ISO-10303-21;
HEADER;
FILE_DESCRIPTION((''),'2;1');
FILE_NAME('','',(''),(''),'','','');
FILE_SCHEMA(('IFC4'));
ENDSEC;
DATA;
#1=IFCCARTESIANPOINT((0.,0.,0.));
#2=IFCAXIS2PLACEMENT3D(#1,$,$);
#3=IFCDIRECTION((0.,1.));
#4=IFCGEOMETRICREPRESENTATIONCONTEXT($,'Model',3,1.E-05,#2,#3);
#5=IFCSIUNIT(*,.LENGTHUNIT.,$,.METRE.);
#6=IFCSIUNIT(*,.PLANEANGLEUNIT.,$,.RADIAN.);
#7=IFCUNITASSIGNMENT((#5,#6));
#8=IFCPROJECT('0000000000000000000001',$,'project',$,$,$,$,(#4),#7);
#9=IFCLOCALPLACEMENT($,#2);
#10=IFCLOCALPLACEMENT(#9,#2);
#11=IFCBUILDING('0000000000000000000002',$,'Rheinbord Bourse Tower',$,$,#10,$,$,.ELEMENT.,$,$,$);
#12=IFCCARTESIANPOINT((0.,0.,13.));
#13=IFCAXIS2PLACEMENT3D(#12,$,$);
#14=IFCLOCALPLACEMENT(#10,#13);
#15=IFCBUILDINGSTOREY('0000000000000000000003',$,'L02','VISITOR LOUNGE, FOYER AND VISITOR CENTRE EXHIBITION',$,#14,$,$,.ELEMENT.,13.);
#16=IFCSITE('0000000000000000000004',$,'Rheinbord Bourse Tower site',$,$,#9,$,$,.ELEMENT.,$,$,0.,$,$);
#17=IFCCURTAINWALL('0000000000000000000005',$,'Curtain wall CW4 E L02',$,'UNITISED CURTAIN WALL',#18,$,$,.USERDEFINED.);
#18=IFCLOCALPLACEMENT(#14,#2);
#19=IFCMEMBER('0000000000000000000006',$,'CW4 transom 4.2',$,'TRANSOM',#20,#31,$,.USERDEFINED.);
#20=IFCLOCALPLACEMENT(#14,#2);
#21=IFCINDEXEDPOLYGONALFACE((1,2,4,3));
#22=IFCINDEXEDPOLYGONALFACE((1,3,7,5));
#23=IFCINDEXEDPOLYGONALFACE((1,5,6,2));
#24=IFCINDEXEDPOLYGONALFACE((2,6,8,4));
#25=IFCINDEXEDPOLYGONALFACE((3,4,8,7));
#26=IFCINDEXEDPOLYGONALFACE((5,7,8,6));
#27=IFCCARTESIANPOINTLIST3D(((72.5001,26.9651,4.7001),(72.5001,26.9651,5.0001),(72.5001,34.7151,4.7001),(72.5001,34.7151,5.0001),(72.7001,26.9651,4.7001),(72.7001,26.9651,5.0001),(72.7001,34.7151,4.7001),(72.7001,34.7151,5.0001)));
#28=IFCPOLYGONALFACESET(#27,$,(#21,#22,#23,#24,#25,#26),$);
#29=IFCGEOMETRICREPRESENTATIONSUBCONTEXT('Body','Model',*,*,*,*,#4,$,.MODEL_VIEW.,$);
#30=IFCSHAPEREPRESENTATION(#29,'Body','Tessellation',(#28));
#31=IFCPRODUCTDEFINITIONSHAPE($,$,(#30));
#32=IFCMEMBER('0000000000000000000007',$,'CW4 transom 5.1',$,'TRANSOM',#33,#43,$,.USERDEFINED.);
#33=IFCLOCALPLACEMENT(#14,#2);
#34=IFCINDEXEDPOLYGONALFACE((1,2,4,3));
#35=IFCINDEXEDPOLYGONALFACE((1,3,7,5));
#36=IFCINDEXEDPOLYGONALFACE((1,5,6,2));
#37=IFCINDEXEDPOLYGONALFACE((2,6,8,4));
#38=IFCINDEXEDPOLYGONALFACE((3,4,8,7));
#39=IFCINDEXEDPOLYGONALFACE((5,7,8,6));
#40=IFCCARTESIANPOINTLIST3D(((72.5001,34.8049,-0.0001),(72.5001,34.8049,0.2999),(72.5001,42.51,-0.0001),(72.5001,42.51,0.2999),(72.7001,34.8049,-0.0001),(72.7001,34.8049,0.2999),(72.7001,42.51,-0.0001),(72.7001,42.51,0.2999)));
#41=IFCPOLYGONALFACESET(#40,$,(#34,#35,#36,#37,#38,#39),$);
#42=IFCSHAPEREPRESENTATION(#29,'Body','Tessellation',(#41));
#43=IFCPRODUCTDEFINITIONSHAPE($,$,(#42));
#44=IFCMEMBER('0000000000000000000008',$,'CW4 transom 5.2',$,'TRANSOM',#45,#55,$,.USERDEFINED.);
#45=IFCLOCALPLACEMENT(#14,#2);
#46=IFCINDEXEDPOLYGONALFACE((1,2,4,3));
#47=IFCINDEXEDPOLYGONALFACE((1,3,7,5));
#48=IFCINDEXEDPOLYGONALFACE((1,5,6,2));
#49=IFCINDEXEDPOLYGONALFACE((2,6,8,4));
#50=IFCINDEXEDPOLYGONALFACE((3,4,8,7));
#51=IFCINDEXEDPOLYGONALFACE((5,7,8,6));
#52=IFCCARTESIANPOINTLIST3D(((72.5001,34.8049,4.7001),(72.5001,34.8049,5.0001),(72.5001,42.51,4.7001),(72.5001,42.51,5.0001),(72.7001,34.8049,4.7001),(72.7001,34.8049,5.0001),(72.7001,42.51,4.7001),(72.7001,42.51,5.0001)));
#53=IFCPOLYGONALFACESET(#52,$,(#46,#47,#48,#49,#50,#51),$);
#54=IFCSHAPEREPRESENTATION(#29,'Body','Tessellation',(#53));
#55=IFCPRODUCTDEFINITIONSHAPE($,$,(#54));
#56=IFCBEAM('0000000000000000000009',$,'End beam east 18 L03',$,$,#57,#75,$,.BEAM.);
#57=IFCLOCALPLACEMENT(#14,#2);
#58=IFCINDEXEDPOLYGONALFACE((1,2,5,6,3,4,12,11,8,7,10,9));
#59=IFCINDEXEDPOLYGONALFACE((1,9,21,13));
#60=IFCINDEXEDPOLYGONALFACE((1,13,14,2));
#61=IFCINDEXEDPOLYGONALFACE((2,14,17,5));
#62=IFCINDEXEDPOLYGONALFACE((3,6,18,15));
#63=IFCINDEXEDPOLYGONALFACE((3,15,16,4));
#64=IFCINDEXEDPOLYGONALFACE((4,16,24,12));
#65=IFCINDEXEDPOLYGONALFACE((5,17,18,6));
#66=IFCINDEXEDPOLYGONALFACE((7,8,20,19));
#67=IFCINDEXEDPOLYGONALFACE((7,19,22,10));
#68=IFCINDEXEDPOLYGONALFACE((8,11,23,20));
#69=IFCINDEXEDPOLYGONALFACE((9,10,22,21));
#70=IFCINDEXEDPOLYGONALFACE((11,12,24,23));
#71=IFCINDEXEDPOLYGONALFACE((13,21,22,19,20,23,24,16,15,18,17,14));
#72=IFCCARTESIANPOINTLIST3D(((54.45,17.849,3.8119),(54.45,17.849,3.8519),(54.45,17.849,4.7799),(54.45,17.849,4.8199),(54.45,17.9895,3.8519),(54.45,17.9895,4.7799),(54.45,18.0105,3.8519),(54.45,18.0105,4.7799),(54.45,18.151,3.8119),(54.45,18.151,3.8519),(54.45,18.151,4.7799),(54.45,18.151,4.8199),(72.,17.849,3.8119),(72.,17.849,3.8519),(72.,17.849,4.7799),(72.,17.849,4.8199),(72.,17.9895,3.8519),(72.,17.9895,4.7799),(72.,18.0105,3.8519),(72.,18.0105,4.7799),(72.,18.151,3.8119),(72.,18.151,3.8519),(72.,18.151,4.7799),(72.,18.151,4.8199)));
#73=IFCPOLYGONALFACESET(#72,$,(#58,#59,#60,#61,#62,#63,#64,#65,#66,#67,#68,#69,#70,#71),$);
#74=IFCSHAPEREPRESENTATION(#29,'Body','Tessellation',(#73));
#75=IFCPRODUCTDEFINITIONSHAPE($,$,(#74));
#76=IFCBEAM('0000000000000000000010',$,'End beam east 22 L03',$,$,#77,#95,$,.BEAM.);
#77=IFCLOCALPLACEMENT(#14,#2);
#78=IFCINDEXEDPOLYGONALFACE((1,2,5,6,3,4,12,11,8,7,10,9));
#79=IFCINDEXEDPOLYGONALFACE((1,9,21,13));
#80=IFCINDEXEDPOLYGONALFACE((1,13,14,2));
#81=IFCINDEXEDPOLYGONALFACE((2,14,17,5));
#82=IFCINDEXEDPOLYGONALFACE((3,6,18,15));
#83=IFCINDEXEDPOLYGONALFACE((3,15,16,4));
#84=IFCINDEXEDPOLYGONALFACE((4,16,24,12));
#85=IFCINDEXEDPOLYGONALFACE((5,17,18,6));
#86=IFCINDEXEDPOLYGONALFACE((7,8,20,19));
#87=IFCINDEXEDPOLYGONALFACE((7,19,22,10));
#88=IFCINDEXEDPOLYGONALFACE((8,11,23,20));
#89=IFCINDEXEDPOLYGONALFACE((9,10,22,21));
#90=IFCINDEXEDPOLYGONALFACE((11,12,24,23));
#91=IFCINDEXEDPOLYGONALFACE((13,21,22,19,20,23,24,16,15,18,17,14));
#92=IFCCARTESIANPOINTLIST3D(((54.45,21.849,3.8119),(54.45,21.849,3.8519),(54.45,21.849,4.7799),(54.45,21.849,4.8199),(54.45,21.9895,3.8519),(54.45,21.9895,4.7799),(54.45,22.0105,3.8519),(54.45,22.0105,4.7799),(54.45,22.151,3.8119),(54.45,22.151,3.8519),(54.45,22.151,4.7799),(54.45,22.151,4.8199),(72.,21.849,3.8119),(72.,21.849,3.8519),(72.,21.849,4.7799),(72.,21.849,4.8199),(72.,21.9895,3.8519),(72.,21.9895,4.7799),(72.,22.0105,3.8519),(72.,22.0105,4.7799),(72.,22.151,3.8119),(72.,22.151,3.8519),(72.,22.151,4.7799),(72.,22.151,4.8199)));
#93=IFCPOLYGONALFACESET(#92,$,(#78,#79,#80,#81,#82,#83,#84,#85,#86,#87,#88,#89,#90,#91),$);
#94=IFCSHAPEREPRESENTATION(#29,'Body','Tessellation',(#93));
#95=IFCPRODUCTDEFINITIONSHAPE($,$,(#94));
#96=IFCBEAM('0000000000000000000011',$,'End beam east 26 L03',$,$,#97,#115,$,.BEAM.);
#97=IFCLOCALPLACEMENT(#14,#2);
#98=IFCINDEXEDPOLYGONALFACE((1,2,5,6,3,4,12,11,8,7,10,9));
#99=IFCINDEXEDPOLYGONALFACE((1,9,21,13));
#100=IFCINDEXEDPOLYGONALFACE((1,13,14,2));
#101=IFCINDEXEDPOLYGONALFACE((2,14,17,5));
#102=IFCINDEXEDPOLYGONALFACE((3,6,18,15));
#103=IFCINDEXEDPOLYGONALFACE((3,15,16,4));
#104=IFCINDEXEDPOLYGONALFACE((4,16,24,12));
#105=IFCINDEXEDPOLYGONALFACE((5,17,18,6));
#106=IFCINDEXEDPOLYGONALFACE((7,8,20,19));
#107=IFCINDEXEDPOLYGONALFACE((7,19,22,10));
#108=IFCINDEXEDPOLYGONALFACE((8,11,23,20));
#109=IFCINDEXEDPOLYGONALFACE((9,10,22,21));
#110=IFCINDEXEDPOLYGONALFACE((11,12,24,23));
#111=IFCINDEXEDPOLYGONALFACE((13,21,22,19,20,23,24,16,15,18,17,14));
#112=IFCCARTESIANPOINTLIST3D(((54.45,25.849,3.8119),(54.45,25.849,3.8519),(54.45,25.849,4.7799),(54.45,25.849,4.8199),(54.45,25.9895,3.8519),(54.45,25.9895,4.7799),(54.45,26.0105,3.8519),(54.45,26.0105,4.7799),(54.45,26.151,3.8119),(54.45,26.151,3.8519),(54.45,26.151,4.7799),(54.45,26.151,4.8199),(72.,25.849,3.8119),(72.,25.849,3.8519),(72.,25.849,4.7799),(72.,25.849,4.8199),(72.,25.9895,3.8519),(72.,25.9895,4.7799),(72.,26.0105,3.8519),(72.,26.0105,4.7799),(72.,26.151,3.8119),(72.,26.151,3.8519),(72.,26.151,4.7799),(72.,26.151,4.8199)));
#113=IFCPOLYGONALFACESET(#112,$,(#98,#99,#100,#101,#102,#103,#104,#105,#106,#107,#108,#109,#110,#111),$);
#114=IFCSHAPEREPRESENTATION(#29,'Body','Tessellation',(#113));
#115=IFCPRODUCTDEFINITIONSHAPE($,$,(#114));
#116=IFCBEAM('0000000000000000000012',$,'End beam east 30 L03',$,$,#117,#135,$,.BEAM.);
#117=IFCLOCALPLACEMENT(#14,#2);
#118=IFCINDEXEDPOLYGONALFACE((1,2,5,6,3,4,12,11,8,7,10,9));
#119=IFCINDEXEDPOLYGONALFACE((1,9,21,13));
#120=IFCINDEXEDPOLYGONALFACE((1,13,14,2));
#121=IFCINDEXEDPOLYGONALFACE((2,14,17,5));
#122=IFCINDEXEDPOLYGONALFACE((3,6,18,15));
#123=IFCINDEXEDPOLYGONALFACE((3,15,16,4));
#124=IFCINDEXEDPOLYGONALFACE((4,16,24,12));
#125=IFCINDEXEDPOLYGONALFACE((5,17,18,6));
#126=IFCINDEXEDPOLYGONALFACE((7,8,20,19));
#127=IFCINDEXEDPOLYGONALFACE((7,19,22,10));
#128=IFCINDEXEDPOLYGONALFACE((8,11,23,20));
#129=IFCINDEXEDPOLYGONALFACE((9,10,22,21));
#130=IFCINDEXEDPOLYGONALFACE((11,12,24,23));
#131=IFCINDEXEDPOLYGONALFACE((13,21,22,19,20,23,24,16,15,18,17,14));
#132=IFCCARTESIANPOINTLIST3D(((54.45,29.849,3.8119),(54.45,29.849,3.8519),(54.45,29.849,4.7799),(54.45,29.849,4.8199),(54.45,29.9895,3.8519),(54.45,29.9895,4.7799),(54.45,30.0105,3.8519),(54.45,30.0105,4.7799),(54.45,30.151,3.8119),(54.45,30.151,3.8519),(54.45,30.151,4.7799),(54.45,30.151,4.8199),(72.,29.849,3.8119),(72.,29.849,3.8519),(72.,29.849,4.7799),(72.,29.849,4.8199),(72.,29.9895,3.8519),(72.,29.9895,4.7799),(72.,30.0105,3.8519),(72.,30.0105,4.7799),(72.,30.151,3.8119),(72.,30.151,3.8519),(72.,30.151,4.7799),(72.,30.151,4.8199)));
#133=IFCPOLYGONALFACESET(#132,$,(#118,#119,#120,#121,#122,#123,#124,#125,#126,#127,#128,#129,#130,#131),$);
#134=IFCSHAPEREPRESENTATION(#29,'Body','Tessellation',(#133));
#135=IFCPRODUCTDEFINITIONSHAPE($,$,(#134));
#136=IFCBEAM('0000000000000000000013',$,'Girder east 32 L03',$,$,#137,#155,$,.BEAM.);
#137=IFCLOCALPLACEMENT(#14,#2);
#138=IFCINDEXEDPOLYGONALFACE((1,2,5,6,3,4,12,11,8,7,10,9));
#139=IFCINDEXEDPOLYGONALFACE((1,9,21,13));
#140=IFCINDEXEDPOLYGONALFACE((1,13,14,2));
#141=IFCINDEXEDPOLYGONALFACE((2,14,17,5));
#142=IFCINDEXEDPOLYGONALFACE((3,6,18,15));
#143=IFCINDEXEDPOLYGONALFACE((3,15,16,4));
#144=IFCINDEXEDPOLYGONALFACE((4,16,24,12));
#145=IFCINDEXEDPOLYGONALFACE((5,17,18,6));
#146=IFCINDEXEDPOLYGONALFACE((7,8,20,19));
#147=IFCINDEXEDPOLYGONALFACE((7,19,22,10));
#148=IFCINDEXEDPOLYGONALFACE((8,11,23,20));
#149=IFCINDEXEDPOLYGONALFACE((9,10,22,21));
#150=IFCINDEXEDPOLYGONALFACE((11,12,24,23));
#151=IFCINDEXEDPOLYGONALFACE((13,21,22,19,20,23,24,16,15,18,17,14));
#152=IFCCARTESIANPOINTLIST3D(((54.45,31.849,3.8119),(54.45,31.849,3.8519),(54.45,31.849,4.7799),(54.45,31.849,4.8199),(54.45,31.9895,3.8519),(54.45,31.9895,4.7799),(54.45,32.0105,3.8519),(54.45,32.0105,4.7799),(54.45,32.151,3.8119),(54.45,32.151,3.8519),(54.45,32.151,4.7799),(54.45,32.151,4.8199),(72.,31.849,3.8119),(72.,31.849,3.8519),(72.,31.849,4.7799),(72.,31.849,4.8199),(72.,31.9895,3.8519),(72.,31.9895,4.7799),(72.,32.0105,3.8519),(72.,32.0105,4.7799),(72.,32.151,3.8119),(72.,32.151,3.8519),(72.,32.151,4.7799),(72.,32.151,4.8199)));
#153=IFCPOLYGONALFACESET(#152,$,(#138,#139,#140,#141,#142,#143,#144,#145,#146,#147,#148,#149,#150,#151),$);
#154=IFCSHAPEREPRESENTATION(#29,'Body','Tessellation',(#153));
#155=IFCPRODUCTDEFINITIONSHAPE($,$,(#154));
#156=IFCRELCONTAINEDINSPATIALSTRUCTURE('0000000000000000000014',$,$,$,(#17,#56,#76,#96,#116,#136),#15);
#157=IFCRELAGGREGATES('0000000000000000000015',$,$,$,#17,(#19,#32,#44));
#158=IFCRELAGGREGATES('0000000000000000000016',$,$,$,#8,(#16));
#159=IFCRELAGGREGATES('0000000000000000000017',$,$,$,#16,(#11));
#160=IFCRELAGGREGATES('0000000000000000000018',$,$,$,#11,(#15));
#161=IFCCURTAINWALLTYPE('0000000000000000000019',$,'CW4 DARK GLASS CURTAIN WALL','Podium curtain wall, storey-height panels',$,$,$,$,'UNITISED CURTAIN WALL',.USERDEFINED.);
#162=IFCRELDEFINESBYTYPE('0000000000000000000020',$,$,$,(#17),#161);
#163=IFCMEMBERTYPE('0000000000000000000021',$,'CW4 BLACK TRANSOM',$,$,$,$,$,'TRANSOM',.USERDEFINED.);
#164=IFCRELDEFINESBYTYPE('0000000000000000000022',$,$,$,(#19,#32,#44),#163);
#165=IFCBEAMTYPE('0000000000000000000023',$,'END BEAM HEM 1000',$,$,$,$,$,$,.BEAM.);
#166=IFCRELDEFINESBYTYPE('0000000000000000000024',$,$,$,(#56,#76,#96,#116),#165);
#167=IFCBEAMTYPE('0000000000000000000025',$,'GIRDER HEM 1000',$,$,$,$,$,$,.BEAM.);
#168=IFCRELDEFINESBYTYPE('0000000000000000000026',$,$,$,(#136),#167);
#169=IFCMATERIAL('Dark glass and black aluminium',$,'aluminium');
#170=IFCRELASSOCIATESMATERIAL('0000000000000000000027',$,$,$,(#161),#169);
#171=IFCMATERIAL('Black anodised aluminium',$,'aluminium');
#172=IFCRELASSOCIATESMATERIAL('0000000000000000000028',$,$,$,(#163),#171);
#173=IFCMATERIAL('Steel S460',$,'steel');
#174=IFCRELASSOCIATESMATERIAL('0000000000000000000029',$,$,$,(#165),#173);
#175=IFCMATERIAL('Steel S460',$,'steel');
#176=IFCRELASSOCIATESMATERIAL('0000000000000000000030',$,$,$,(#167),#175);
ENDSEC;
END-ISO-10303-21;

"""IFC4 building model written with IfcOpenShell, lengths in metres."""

from ifc_helpers import new_model, si_unit, direction, frame, origin, origin_2d, place, context, subcontext, project, spatial, rectangle, i_section, extrude, material, material_profile, profile_set, type_object, element, aggregate, save


model = new_model("IFC4")

# Units and contexts
model_context = context("Model", 3, precision=1e-05, world=origin(), true_north=direction((0.0, 1.0)))
body_context = subcontext(model_context, "Body", "Model", "MODEL_VIEW")
ifc_project = project(units=[si_unit("LENGTHUNIT", "METRE"), si_unit("PLANEANGLEUNIT", "RADIAN")], contexts=[model_context])

# Site, building, storey
site_placement = place(None, origin())
site = spatial("IfcSite", under=ifc_project, at=site_placement, Name="Rheinbord Bourse Tower site", CompositionType="ELEMENT", RefElevation=0.0)
building_placement = place(site_placement, origin())
building = spatial("IfcBuilding", under=site, at=building_placement, Name="Rheinbord Bourse Tower", CompositionType="ELEMENT")
storey_placement = place(building_placement, frame((0.0, 0.0, 13.0)))
storey = spatial("IfcBuildingStorey", under=building, at=storey_placement, Name="L02", Description="VISITOR LOUNGE, FOYER AND VISITOR CENTRE EXHIBITION", CompositionType="ELEMENT", Elevation=13.0)

# Curtain wall, members
ifc_material_1 = material(Name="Dark glass and black aluminium", Category="aluminium")
curtain_wall_type = type_object("IfcCurtainWallType", Name="CW4 DARK GLASS CURTAIN WALL", Description="Podium curtain wall, storey-height panels", ElementType="UNITISED CURTAIN WALL", PredefinedType="USERDEFINED", material=ifc_material_1)
curtain_wall_placement = place(storey_placement, origin())
curtain_wall = element("IfcCurtainWall", 1, at=curtain_wall_placement, inside=storey, type_object=curtain_wall_type, Name="Curtain wall CW4 E L02", ObjectType="UNITISED CURTAIN WALL", PredefinedType="USERDEFINED")
ifc_material_2 = material(Name="Black anodised aluminium", Category="aluminium")
ifc_material_profile_1 = material_profile(ifc_material_2, rectangle(XDim=0.2, YDim=0.3, at=origin_2d()), Name="CW4 TRANSOM 300x200")
ifc_profile_set_1 = profile_set([ifc_material_profile_1], Name="Black anodised aluminium")
member_type_1 = type_object("IfcMemberType", Name="CW4 BLACK TRANSOM", ElementType="TRANSOM", PredefinedType="USERDEFINED", material=ifc_profile_set_1)
member_1_placement = place(storey_placement, frame((72.6001, 26.9651, 4.8501), z_axis=(0.0, 1.0, 0.0), x_axis=(-1.0, 0.0, 0.0)))
member_1 = element("IfcMember", 2, at=member_1_placement, type_object=member_type_1, Name="CW4 transom 4.2", ObjectType="TRANSOM", PredefinedType="USERDEFINED", context=body_context, shape_type="SweptSolid", body=[
    extrude(rectangle(XDim=0.2, YDim=0.3, at=origin_2d()), origin(), (0.0, 0.0, 1.0), 7.75),
])
member_2_placement = place(storey_placement, frame((72.6001, 34.8049, 0.1499), z_axis=(0.0, 1.0, 0.0), x_axis=(-1.0, 0.0, 0.0)))
member_2 = element("IfcMember", 3, at=member_2_placement, type_object=member_type_1, Name="CW4 transom 5.1", ObjectType="TRANSOM", PredefinedType="USERDEFINED", context=body_context, shape_type="SweptSolid", body=[
    extrude(rectangle(XDim=0.2, YDim=0.3, at=origin_2d()), origin(), (0.0, 0.0, 1.0), 7.7051),
])
member_3_placement = place(storey_placement, frame((72.6001, 34.8049, 4.8501), z_axis=(0.0, 1.0, 0.0), x_axis=(-1.0, 0.0, 0.0)))
member_3 = element("IfcMember", 4, at=member_3_placement, type_object=member_type_1, Name="CW4 transom 5.2", ObjectType="TRANSOM", PredefinedType="USERDEFINED", context=body_context, shape_type="SweptSolid", body=[
    extrude(rectangle(XDim=0.2, YDim=0.3, at=origin_2d()), origin(), (0.0, 0.0, 1.0), 7.7051),
])

# Beams
ifc_material_3 = material(Name="Steel S460", Category="steel")
ifc_material_profile_2 = material_profile(ifc_material_3, i_section(OverallWidth=0.302, OverallDepth=1.0081, WebThickness=0.021, FlangeThickness=0.04, at=origin_2d()), Name="HEM 1000")
ifc_profile_set_2 = profile_set([ifc_material_profile_2], Name="Steel S460")
beam_type_1 = type_object("IfcBeamType", Name="END BEAM HEM 1000", PredefinedType="BEAM", material=ifc_profile_set_2)
for number, where, z_axis, x_axis, name in (
    (5, (54.45, 18.0, 4.3159), (1.0, 0.0, 0.0), (0.0, 1.0, 0.0), "End beam east 18 L03"),
    (6, (54.45, 22.0, 4.3159), (1.0, 0.0, 0.0), (0.0, 1.0, 0.0), "End beam east 22 L03"),
    (7, (54.45, 26.0, 4.3159), (1.0, 0.0, 0.0), (0.0, 1.0, 0.0), "End beam east 26 L03"),
    (8, (54.45, 30.0, 4.3159), (1.0, 0.0, 0.0), (0.0, 1.0, 0.0), "End beam east 30 L03"),
):
    element("IfcBeam", number, at=place(storey_placement, frame(where, z_axis=z_axis, x_axis=x_axis)), inside=storey, type_object=beam_type_1, Name=name, PredefinedType="BEAM", context=body_context, shape_type="SweptSolid", body=[
        extrude(i_section(OverallWidth=0.302, OverallDepth=1.0081, WebThickness=0.021, FlangeThickness=0.04, at=origin_2d()), origin(), (0.0, 0.0, 1.0), 17.55),
    ])
ifc_material_4 = material(Name="Steel S460", Category="steel")
ifc_material_profile_3 = material_profile(ifc_material_4, i_section(OverallWidth=0.302, OverallDepth=1.0081, WebThickness=0.021, FlangeThickness=0.04, at=origin_2d()), Name="HEM 1000")
ifc_profile_set_3 = profile_set([ifc_material_profile_3], Name="Steel S460")
beam_type_2 = type_object("IfcBeamType", Name="GIRDER HEM 1000", PredefinedType="BEAM", material=ifc_profile_set_3)
beam_1_placement = place(storey_placement, frame((54.45, 32.0, 4.3159), z_axis=(1.0, 0.0, 0.0), x_axis=(0.0, 1.0, 0.0)))
element("IfcBeam", 9, at=beam_1_placement, inside=storey, type_object=beam_type_2, Name="Girder east 32 L03", PredefinedType="BEAM", context=body_context, shape_type="SweptSolid", body=[
    extrude(i_section(OverallWidth=0.302, OverallDepth=1.0081, WebThickness=0.021, FlangeThickness=0.04, at=origin_2d()), origin(), (0.0, 0.0, 1.0), 17.55),
])

aggregate(curtain_wall, [member_1, member_2, member_3])

save(model, "model.ifc")
